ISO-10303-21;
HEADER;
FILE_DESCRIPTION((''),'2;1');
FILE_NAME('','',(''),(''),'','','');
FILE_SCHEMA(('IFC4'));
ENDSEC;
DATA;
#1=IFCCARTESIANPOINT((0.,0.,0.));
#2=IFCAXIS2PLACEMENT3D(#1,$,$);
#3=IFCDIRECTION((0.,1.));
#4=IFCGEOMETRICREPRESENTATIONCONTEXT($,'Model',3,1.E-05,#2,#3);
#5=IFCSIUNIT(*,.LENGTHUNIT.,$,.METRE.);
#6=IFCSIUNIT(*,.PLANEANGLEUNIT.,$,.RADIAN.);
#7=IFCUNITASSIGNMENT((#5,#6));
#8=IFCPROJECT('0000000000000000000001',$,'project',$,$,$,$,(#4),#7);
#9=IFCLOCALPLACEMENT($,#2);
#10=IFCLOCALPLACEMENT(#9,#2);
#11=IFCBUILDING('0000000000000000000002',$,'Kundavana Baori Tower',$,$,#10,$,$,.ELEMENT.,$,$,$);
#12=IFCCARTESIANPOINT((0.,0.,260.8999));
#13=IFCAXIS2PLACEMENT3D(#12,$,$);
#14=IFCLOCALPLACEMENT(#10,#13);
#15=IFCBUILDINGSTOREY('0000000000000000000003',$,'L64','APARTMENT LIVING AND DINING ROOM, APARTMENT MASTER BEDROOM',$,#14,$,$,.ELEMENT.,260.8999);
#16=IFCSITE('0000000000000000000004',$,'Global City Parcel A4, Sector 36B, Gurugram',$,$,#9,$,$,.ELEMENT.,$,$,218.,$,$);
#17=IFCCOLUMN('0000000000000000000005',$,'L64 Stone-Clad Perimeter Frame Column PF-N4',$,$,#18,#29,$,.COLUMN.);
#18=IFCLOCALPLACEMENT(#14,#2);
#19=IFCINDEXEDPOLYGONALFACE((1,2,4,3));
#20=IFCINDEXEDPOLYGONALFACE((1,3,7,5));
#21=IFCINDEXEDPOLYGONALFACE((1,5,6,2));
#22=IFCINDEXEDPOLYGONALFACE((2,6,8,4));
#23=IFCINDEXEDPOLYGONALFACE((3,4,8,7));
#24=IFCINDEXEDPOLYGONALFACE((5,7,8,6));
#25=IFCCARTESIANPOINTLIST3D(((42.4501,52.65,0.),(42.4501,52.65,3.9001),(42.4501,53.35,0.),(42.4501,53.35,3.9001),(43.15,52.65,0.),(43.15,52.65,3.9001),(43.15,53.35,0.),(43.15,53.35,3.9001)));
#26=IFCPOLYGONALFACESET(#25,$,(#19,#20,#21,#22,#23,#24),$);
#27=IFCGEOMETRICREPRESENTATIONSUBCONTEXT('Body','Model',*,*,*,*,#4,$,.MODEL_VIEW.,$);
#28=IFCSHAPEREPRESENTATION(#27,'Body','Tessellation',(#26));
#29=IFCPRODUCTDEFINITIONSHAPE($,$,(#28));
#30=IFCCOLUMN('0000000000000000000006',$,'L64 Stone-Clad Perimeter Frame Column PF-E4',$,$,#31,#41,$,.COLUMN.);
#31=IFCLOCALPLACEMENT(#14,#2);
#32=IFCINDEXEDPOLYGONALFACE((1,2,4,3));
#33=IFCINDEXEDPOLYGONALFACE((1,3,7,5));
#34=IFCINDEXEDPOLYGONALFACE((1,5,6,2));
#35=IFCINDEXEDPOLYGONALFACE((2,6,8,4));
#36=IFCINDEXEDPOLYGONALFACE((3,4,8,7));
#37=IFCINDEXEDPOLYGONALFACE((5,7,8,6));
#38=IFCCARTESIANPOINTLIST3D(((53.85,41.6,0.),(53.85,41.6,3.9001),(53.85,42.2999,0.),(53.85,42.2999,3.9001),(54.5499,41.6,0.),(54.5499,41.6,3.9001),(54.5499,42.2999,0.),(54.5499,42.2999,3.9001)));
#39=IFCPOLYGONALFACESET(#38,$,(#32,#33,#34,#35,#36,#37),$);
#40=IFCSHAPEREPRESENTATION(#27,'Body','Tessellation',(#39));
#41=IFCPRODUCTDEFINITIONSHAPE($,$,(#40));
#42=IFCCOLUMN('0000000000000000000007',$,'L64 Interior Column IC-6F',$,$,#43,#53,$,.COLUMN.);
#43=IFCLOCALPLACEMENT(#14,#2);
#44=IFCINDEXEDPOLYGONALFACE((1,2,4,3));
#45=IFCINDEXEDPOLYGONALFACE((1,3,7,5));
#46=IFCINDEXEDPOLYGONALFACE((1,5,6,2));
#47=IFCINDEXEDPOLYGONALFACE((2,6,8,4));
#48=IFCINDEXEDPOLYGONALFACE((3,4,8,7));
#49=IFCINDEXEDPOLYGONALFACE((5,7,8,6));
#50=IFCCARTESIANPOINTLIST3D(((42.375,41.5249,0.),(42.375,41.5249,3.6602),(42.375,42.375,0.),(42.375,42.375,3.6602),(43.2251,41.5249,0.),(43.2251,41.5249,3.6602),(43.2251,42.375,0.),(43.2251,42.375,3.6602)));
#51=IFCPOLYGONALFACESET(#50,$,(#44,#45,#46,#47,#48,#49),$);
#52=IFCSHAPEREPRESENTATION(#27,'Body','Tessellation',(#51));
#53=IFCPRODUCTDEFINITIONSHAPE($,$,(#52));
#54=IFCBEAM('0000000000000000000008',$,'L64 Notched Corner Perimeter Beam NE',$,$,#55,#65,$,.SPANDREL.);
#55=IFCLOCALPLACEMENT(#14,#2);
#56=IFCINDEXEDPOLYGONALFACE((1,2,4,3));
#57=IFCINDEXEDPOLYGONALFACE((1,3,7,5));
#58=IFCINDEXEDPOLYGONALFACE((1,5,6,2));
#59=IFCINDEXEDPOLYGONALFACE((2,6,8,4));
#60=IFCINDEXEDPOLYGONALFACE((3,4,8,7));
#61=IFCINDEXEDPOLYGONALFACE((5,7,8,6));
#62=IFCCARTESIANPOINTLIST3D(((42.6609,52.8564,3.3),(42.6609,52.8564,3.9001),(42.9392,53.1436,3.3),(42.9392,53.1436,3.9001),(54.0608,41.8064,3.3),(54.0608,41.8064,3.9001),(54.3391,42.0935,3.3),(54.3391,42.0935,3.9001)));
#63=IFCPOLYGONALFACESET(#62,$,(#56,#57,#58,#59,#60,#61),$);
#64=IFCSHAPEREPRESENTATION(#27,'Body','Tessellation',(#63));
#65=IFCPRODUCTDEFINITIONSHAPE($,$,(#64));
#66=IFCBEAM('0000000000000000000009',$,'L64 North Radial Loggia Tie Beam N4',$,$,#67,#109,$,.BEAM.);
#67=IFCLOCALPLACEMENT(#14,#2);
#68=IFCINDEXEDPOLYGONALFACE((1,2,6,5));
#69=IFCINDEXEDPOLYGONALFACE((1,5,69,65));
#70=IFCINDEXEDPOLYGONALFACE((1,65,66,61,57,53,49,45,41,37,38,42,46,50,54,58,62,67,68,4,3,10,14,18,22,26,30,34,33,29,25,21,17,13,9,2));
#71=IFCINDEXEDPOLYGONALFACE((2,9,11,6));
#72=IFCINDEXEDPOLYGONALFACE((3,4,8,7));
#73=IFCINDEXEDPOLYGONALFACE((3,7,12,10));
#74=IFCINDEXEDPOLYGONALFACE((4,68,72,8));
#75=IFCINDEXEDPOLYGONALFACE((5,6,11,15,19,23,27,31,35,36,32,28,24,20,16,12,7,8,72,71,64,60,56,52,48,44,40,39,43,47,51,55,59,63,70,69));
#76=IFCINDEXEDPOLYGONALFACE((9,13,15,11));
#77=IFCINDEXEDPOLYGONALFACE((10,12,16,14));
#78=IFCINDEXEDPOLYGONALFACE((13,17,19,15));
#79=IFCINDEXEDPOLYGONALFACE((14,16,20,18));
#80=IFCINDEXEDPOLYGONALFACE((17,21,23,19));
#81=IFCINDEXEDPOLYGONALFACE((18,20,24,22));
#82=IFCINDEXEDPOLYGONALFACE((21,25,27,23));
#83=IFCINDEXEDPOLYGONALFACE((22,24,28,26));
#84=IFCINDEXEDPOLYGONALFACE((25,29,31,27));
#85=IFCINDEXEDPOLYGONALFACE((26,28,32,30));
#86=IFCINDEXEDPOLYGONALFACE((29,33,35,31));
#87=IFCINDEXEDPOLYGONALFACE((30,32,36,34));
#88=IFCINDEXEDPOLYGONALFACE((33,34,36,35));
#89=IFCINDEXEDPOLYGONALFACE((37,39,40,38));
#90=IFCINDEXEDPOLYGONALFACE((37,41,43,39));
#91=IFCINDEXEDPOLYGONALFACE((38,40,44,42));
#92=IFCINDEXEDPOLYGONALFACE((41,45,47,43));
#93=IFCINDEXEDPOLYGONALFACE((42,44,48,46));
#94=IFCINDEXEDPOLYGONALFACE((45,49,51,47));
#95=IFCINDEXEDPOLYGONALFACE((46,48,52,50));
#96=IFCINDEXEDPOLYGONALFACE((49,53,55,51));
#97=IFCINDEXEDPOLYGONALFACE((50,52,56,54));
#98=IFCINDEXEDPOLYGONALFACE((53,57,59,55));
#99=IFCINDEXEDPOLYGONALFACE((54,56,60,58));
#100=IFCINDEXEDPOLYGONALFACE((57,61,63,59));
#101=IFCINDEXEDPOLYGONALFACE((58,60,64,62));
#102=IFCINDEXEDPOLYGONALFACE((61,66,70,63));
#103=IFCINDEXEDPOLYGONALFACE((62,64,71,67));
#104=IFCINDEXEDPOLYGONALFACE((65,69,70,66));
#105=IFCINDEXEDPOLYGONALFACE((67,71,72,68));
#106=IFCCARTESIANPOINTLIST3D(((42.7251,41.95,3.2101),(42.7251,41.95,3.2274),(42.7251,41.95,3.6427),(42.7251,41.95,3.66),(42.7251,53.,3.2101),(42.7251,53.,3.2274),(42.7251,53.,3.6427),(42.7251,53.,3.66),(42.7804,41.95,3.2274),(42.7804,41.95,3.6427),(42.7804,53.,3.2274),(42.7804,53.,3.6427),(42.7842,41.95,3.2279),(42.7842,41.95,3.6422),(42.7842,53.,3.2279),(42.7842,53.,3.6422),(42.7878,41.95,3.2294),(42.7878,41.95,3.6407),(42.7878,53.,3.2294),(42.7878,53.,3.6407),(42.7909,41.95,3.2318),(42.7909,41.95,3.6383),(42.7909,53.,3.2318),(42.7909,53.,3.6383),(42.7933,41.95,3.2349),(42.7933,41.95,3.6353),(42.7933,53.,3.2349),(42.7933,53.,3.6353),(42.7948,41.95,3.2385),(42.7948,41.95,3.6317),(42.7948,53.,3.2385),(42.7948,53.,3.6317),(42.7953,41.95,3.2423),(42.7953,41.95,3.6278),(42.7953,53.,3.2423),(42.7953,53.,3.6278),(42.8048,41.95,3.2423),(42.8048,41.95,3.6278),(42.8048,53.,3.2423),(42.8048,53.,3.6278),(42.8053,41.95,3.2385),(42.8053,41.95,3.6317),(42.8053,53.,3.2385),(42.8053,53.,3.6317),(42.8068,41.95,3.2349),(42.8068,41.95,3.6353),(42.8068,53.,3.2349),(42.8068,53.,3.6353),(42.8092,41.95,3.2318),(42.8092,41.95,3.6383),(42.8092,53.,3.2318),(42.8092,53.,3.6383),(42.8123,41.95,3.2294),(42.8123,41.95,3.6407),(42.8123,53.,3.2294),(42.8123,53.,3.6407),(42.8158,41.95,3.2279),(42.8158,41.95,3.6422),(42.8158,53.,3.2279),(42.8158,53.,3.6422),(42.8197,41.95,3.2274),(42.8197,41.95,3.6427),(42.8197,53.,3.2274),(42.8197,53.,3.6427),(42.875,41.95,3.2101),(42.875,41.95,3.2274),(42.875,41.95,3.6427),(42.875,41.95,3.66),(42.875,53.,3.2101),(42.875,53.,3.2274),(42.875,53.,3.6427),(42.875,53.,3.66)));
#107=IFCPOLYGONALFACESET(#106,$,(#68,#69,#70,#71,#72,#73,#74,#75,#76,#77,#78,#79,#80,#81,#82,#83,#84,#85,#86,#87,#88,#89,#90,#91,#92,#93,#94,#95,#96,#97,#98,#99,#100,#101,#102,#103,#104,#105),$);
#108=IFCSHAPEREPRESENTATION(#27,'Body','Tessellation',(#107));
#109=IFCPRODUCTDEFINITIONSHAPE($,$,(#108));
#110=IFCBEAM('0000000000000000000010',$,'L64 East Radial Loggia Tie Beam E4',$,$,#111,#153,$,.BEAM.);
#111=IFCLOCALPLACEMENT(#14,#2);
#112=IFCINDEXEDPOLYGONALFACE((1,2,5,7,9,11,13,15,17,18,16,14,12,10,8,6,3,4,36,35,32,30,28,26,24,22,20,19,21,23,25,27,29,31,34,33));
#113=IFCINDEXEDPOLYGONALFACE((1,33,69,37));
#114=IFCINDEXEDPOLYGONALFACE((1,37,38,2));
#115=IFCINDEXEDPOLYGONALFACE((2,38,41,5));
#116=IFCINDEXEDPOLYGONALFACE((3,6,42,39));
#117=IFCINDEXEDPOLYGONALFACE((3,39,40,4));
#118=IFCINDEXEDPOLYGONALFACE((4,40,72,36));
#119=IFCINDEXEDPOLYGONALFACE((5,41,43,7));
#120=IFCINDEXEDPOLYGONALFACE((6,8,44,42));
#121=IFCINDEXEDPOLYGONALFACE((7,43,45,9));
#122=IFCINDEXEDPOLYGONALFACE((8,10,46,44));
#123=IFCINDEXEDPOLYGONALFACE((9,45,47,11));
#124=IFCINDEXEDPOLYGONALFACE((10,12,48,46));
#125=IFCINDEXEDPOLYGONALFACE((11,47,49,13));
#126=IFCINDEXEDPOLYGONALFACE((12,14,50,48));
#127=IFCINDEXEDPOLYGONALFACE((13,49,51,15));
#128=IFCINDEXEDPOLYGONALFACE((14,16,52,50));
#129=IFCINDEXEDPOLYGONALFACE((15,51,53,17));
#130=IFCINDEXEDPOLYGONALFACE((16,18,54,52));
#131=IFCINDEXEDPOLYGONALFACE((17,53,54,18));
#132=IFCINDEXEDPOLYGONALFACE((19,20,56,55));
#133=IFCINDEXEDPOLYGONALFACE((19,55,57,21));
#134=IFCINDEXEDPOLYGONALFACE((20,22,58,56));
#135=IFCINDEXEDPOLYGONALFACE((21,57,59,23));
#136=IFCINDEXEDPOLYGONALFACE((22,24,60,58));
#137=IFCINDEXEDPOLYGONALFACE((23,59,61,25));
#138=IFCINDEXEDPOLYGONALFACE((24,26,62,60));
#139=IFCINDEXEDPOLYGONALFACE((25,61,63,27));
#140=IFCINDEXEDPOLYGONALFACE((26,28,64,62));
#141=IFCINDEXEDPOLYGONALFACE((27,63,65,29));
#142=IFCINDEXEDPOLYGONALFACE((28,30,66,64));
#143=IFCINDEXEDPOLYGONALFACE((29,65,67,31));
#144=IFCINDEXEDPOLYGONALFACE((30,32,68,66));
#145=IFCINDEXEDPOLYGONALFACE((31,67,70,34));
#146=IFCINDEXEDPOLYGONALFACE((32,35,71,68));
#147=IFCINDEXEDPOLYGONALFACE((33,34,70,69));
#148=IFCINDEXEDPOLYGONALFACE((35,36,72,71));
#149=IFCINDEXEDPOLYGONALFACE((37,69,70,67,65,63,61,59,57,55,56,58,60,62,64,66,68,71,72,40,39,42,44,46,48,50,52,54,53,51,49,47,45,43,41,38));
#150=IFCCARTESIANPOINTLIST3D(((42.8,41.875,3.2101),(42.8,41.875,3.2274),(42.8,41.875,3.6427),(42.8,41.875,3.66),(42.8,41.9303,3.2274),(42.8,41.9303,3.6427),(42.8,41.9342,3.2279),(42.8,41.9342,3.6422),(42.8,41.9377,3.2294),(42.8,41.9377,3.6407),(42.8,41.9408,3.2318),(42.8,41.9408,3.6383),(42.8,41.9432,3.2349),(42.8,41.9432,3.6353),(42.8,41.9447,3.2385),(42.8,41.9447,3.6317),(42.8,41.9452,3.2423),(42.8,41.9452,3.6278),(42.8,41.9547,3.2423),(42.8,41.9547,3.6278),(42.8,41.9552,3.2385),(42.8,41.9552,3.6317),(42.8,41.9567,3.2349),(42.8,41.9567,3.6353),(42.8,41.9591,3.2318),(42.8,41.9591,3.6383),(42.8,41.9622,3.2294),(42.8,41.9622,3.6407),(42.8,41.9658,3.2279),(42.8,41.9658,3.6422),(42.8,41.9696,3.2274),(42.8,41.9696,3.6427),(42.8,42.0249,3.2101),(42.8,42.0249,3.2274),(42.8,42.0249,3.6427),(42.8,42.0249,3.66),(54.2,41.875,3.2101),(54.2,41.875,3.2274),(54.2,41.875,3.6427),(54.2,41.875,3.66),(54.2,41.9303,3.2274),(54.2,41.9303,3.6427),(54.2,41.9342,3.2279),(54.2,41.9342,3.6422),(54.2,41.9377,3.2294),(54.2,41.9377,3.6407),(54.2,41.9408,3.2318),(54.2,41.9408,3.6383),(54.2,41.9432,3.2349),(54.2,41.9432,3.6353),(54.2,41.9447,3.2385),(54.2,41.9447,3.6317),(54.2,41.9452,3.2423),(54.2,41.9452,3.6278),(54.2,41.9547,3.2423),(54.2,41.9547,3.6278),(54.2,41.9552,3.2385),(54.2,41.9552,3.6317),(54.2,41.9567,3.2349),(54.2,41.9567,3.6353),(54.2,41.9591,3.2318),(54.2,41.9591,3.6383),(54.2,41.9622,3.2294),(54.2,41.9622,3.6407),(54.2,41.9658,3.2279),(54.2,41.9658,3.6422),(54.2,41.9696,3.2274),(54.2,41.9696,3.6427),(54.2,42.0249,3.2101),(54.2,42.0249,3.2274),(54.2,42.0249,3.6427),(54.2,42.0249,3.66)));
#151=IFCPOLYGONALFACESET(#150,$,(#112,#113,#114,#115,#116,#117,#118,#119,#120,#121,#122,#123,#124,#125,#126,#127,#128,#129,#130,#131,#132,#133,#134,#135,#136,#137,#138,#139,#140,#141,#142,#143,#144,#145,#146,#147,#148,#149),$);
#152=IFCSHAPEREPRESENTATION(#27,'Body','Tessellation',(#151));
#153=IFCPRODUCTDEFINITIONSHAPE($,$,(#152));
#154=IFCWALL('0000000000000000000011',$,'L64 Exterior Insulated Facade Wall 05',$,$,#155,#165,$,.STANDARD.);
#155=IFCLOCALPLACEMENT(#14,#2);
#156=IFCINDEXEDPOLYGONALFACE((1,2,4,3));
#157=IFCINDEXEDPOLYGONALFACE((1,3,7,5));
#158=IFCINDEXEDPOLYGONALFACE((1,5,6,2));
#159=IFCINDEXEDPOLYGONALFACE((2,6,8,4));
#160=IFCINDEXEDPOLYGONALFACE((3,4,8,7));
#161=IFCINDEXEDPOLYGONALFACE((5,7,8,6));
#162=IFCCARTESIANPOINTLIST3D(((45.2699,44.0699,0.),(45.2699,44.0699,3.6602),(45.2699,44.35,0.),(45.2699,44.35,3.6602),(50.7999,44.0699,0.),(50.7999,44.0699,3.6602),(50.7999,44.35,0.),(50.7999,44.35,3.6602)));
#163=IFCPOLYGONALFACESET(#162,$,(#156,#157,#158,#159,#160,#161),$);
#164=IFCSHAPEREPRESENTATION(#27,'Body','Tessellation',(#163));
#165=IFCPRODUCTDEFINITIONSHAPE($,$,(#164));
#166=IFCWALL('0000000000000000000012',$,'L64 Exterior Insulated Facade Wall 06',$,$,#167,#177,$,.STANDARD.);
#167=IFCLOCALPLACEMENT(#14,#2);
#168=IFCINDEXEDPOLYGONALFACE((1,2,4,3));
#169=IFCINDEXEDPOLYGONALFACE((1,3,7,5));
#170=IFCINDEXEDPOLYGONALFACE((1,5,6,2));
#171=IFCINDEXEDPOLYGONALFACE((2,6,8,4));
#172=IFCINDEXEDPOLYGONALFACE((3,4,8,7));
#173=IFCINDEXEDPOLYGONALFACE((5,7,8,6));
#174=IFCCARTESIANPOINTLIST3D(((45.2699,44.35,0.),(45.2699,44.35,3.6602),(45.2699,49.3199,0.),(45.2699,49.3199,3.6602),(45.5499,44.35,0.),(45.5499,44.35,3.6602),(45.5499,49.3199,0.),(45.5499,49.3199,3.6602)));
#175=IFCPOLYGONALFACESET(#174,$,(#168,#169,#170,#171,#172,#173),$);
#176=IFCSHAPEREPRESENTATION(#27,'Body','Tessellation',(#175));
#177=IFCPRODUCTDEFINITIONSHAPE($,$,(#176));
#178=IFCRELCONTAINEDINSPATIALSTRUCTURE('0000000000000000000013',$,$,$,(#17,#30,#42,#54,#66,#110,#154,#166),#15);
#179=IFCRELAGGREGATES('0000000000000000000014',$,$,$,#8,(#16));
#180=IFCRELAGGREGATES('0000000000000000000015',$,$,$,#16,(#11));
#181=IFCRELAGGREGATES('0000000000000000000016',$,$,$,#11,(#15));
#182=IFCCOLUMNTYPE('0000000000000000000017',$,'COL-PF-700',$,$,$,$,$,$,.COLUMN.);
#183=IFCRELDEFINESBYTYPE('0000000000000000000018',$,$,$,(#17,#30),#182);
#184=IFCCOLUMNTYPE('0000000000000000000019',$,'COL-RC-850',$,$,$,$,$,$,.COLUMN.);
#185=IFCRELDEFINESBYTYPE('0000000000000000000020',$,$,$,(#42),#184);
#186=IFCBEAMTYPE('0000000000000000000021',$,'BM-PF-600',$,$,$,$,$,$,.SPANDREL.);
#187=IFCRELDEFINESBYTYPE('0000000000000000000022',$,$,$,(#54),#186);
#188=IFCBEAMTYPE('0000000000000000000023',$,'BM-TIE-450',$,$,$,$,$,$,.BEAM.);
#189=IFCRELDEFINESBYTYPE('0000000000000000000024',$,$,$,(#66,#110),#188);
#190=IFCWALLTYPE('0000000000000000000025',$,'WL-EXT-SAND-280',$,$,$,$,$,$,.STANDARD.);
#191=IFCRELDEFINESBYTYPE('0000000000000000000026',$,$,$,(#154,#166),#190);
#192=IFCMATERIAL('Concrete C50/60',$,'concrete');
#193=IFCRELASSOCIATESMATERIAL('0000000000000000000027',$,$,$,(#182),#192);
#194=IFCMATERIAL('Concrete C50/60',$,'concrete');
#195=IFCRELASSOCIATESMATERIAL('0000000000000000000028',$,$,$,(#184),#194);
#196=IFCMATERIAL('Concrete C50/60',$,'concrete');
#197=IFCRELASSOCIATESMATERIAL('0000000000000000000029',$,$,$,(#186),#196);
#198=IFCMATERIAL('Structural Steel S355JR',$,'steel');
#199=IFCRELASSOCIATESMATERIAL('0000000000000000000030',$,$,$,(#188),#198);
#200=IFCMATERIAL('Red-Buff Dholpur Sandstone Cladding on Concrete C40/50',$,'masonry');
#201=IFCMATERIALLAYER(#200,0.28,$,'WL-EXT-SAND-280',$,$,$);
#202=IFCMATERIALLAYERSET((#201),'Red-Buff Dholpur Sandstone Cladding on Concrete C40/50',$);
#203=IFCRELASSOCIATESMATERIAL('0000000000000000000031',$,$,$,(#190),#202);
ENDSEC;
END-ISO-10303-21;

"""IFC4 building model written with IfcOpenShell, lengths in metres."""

from ifc_helpers import new_model, si_unit, direction, frame, frame_2d, origin, origin_2d, place, context, subcontext, project, spatial, rectangle, i_section, extrude, material, layer, layer_set, material_profile, profile_set, type_object, element, save


model = new_model("IFC4")

# Units and contexts
model_context = context("Model", 3, precision=1e-05, world=origin(), true_north=direction((0.0, 1.0)))
body_context = subcontext(model_context, "Body", "Model", "MODEL_VIEW")
ifc_project = project(units=[si_unit("LENGTHUNIT", "METRE"), si_unit("PLANEANGLEUNIT", "RADIAN")], contexts=[model_context])

# Site, building, storey
site_placement = place(None, origin())
site = spatial("IfcSite", under=ifc_project, at=site_placement, Name="Global City Parcel A4, Sector 36B, Gurugram", CompositionType="ELEMENT", RefElevation=218.0)
building_placement = place(site_placement, origin())
building = spatial("IfcBuilding", under=site, at=building_placement, Name="Kundavana Baori Tower", CompositionType="ELEMENT")
storey_placement = place(building_placement, frame((0.0, 0.0, 260.8999)))
storey = spatial("IfcBuildingStorey", under=building, at=storey_placement, Name="L64", Description="APARTMENT LIVING AND DINING ROOM, APARTMENT MASTER BEDROOM", CompositionType="ELEMENT", Elevation=260.8999)

# Columns
ifc_material_1 = material(Name="Concrete C50/60", Category="concrete")
ifc_material_profile_1 = material_profile(ifc_material_1, rectangle(XDim=0.7, YDim=0.7, at=origin_2d()), Name="RC PF 700x700")
ifc_profile_set_1 = profile_set([ifc_material_profile_1], Name="Concrete C50/60")
column_type_1 = type_object("IfcColumnType", Name="COL-PF-700", PredefinedType="COLUMN", material=ifc_profile_set_1)
for number, where, z_axis, x_axis, name in (
    (1, (42.8, 53.0, 0.0), (0.0, 0.0, 1.0), (1.0, 0.0, 0.0), "L64 Stone-Clad Perimeter Frame Column PF-N4"),
    (2, (54.2, 41.95, 0.0), (0.0, 0.0, 1.0), (1.0, 0.0, 0.0), "L64 Stone-Clad Perimeter Frame Column PF-E4"),
):
    element("IfcColumn", number, at=place(storey_placement, frame(where, z_axis=z_axis, x_axis=x_axis)), inside=storey, type_object=column_type_1, Name=name, PredefinedType="COLUMN", context=body_context, shape_type="SweptSolid", body=[
        extrude(rectangle(XDim=0.7, YDim=0.7, at=origin_2d()), origin(), (0.0, 0.0, 1.0), 3.9001),
    ])
ifc_material_2 = material(Name="Concrete C50/60", Category="concrete")
ifc_material_profile_2 = material_profile(ifc_material_2, rectangle(XDim=0.8501, YDim=0.8501, at=origin_2d()), Name="RC 850x850")
ifc_profile_set_2 = profile_set([ifc_material_profile_2], Name="Concrete C50/60")
column_type_2 = type_object("IfcColumnType", Name="COL-RC-850", PredefinedType="COLUMN", material=ifc_profile_set_2)
column_placement = place(storey_placement, frame((42.8, 41.95, 0.0), z_axis=(0.0, 0.0, 1.0), x_axis=(1.0, 0.0, 0.0)))
element("IfcColumn", 3, at=column_placement, inside=storey, type_object=column_type_2, Name="L64 Interior Column IC-6F", PredefinedType="COLUMN", context=body_context, shape_type="SweptSolid", body=[
    extrude(rectangle(XDim=0.8501, YDim=0.8501, at=origin_2d()), origin(), (0.0, 0.0, 1.0), 3.6602),
])

# Beams
ifc_material_3 = material(Name="Concrete C50/60", Category="concrete")
ifc_material_profile_3 = material_profile(ifc_material_3, rectangle(XDim=0.3999, YDim=0.6001, at=origin_2d()), Name="RC BM 400x600")
ifc_profile_set_3 = profile_set([ifc_material_profile_3], Name="Concrete C50/60")
beam_type_1 = type_object("IfcBeamType", Name="BM-PF-600", PredefinedType="SPANDREL", material=ifc_profile_set_3)
beam_1_placement = place(storey_placement, frame((42.8, 53.0, 3.6001), z_axis=(0.718039, -0.696003, 0.0), x_axis=(0.696003, 0.718039, 0.0)))
element("IfcBeam", 4, at=beam_1_placement, inside=storey, type_object=beam_type_1, Name="L64 Notched Corner Perimeter Beam NE", PredefinedType="SPANDREL", context=body_context, shape_type="SweptSolid", body=[
    extrude(rectangle(XDim=0.3999, YDim=0.6001, at=origin_2d()), origin(), (0.0, 0.0, 1.0), 15.8765),
])
ifc_material_4 = material(Name="Structural Steel S355JR", Category="steel")
ifc_material_profile_4 = material_profile(ifc_material_4, i_section(OverallWidth=0.1499, OverallDepth=0.45, WebThickness=0.0095, FlangeThickness=0.0173, FilletRadius=0.0149, at=origin_2d()), Name="ISMB 450")
ifc_profile_set_4 = profile_set([ifc_material_profile_4], Name="Structural Steel S355JR")
beam_type_2 = type_object("IfcBeamType", Name="BM-TIE-450", PredefinedType="BEAM", material=ifc_profile_set_4)
beam_2_placement = place(storey_placement, frame((42.8, 41.95, 3.4351), z_axis=(0.0, 1.0, 0.0), x_axis=(-1.0, 0.0, 0.0)))
element("IfcBeam", 5, at=beam_2_placement, inside=storey, type_object=beam_type_2, Name="L64 North Radial Loggia Tie Beam N4", PredefinedType="BEAM", context=body_context, shape_type="SweptSolid", body=[
    extrude(i_section(OverallWidth=0.1499, OverallDepth=0.45, WebThickness=0.0095, FlangeThickness=0.0173, FilletRadius=0.0149, at=origin_2d()), origin(), (0.0, 0.0, 1.0), 11.05),
])
beam_3_placement = place(storey_placement, frame((42.8, 41.95, 3.4351), z_axis=(1.0, 0.0, 0.0), x_axis=(0.0, 1.0, 0.0)))
element("IfcBeam", 6, at=beam_3_placement, inside=storey, type_object=beam_type_2, Name="L64 East Radial Loggia Tie Beam E4", PredefinedType="BEAM", context=body_context, shape_type="SweptSolid", body=[
    extrude(i_section(OverallWidth=0.1499, OverallDepth=0.45, WebThickness=0.0095, FlangeThickness=0.0173, FilletRadius=0.0149, at=origin_2d()), origin(), (0.0, 0.0, 1.0), 11.3999),
])

# Walls
ifc_material_5 = material(Name="Red-Buff Dholpur Sandstone Cladding on Concrete C40/50", Category="masonry")
ifc_layer_1 = layer(ifc_material_5, 0.28, Name="WL-EXT-SAND-280")
ifc_layer_set_1 = layer_set([ifc_layer_1], Name="Red-Buff Dholpur Sandstone Cladding on Concrete C40/50")
wall_type_1 = type_object("IfcWallType", Name="WL-EXT-SAND-280", PredefinedType="STANDARD", material=ifc_layer_set_1)
wall_1_placement = place(storey_placement, frame((50.8, 44.21, 0.0), z_axis=(0.0, 0.0, 1.0), x_axis=(-1.0, 0.0, 0.0)))
element("IfcWall", 7, at=wall_1_placement, inside=storey, type_object=wall_type_1, Name="L64 Exterior Insulated Facade Wall 05", PredefinedType="STANDARD", context=body_context, shape_type="SweptSolid", body=[
    extrude(rectangle(XDim=5.53, YDim=0.28, at=frame_2d((2.7651, 0.0))), origin(), (0.0, 0.0, 1.0), 3.6602),
])
wall_2_placement = place(storey_placement, frame((45.4099, 44.3501, 0.0), z_axis=(0.0, 0.0, 1.0), x_axis=(0.0, 1.0, 0.0)))
element("IfcWall", 8, at=wall_2_placement, inside=storey, type_object=wall_type_1, Name="L64 Exterior Insulated Facade Wall 06", PredefinedType="STANDARD", context=body_context, shape_type="SweptSolid", body=[
    extrude(rectangle(XDim=4.97, YDim=0.28, at=frame_2d((2.4849, 0.0))), origin(), (0.0, 0.0, 1.0), 3.6602),
])

save(model, "model.ifc")
